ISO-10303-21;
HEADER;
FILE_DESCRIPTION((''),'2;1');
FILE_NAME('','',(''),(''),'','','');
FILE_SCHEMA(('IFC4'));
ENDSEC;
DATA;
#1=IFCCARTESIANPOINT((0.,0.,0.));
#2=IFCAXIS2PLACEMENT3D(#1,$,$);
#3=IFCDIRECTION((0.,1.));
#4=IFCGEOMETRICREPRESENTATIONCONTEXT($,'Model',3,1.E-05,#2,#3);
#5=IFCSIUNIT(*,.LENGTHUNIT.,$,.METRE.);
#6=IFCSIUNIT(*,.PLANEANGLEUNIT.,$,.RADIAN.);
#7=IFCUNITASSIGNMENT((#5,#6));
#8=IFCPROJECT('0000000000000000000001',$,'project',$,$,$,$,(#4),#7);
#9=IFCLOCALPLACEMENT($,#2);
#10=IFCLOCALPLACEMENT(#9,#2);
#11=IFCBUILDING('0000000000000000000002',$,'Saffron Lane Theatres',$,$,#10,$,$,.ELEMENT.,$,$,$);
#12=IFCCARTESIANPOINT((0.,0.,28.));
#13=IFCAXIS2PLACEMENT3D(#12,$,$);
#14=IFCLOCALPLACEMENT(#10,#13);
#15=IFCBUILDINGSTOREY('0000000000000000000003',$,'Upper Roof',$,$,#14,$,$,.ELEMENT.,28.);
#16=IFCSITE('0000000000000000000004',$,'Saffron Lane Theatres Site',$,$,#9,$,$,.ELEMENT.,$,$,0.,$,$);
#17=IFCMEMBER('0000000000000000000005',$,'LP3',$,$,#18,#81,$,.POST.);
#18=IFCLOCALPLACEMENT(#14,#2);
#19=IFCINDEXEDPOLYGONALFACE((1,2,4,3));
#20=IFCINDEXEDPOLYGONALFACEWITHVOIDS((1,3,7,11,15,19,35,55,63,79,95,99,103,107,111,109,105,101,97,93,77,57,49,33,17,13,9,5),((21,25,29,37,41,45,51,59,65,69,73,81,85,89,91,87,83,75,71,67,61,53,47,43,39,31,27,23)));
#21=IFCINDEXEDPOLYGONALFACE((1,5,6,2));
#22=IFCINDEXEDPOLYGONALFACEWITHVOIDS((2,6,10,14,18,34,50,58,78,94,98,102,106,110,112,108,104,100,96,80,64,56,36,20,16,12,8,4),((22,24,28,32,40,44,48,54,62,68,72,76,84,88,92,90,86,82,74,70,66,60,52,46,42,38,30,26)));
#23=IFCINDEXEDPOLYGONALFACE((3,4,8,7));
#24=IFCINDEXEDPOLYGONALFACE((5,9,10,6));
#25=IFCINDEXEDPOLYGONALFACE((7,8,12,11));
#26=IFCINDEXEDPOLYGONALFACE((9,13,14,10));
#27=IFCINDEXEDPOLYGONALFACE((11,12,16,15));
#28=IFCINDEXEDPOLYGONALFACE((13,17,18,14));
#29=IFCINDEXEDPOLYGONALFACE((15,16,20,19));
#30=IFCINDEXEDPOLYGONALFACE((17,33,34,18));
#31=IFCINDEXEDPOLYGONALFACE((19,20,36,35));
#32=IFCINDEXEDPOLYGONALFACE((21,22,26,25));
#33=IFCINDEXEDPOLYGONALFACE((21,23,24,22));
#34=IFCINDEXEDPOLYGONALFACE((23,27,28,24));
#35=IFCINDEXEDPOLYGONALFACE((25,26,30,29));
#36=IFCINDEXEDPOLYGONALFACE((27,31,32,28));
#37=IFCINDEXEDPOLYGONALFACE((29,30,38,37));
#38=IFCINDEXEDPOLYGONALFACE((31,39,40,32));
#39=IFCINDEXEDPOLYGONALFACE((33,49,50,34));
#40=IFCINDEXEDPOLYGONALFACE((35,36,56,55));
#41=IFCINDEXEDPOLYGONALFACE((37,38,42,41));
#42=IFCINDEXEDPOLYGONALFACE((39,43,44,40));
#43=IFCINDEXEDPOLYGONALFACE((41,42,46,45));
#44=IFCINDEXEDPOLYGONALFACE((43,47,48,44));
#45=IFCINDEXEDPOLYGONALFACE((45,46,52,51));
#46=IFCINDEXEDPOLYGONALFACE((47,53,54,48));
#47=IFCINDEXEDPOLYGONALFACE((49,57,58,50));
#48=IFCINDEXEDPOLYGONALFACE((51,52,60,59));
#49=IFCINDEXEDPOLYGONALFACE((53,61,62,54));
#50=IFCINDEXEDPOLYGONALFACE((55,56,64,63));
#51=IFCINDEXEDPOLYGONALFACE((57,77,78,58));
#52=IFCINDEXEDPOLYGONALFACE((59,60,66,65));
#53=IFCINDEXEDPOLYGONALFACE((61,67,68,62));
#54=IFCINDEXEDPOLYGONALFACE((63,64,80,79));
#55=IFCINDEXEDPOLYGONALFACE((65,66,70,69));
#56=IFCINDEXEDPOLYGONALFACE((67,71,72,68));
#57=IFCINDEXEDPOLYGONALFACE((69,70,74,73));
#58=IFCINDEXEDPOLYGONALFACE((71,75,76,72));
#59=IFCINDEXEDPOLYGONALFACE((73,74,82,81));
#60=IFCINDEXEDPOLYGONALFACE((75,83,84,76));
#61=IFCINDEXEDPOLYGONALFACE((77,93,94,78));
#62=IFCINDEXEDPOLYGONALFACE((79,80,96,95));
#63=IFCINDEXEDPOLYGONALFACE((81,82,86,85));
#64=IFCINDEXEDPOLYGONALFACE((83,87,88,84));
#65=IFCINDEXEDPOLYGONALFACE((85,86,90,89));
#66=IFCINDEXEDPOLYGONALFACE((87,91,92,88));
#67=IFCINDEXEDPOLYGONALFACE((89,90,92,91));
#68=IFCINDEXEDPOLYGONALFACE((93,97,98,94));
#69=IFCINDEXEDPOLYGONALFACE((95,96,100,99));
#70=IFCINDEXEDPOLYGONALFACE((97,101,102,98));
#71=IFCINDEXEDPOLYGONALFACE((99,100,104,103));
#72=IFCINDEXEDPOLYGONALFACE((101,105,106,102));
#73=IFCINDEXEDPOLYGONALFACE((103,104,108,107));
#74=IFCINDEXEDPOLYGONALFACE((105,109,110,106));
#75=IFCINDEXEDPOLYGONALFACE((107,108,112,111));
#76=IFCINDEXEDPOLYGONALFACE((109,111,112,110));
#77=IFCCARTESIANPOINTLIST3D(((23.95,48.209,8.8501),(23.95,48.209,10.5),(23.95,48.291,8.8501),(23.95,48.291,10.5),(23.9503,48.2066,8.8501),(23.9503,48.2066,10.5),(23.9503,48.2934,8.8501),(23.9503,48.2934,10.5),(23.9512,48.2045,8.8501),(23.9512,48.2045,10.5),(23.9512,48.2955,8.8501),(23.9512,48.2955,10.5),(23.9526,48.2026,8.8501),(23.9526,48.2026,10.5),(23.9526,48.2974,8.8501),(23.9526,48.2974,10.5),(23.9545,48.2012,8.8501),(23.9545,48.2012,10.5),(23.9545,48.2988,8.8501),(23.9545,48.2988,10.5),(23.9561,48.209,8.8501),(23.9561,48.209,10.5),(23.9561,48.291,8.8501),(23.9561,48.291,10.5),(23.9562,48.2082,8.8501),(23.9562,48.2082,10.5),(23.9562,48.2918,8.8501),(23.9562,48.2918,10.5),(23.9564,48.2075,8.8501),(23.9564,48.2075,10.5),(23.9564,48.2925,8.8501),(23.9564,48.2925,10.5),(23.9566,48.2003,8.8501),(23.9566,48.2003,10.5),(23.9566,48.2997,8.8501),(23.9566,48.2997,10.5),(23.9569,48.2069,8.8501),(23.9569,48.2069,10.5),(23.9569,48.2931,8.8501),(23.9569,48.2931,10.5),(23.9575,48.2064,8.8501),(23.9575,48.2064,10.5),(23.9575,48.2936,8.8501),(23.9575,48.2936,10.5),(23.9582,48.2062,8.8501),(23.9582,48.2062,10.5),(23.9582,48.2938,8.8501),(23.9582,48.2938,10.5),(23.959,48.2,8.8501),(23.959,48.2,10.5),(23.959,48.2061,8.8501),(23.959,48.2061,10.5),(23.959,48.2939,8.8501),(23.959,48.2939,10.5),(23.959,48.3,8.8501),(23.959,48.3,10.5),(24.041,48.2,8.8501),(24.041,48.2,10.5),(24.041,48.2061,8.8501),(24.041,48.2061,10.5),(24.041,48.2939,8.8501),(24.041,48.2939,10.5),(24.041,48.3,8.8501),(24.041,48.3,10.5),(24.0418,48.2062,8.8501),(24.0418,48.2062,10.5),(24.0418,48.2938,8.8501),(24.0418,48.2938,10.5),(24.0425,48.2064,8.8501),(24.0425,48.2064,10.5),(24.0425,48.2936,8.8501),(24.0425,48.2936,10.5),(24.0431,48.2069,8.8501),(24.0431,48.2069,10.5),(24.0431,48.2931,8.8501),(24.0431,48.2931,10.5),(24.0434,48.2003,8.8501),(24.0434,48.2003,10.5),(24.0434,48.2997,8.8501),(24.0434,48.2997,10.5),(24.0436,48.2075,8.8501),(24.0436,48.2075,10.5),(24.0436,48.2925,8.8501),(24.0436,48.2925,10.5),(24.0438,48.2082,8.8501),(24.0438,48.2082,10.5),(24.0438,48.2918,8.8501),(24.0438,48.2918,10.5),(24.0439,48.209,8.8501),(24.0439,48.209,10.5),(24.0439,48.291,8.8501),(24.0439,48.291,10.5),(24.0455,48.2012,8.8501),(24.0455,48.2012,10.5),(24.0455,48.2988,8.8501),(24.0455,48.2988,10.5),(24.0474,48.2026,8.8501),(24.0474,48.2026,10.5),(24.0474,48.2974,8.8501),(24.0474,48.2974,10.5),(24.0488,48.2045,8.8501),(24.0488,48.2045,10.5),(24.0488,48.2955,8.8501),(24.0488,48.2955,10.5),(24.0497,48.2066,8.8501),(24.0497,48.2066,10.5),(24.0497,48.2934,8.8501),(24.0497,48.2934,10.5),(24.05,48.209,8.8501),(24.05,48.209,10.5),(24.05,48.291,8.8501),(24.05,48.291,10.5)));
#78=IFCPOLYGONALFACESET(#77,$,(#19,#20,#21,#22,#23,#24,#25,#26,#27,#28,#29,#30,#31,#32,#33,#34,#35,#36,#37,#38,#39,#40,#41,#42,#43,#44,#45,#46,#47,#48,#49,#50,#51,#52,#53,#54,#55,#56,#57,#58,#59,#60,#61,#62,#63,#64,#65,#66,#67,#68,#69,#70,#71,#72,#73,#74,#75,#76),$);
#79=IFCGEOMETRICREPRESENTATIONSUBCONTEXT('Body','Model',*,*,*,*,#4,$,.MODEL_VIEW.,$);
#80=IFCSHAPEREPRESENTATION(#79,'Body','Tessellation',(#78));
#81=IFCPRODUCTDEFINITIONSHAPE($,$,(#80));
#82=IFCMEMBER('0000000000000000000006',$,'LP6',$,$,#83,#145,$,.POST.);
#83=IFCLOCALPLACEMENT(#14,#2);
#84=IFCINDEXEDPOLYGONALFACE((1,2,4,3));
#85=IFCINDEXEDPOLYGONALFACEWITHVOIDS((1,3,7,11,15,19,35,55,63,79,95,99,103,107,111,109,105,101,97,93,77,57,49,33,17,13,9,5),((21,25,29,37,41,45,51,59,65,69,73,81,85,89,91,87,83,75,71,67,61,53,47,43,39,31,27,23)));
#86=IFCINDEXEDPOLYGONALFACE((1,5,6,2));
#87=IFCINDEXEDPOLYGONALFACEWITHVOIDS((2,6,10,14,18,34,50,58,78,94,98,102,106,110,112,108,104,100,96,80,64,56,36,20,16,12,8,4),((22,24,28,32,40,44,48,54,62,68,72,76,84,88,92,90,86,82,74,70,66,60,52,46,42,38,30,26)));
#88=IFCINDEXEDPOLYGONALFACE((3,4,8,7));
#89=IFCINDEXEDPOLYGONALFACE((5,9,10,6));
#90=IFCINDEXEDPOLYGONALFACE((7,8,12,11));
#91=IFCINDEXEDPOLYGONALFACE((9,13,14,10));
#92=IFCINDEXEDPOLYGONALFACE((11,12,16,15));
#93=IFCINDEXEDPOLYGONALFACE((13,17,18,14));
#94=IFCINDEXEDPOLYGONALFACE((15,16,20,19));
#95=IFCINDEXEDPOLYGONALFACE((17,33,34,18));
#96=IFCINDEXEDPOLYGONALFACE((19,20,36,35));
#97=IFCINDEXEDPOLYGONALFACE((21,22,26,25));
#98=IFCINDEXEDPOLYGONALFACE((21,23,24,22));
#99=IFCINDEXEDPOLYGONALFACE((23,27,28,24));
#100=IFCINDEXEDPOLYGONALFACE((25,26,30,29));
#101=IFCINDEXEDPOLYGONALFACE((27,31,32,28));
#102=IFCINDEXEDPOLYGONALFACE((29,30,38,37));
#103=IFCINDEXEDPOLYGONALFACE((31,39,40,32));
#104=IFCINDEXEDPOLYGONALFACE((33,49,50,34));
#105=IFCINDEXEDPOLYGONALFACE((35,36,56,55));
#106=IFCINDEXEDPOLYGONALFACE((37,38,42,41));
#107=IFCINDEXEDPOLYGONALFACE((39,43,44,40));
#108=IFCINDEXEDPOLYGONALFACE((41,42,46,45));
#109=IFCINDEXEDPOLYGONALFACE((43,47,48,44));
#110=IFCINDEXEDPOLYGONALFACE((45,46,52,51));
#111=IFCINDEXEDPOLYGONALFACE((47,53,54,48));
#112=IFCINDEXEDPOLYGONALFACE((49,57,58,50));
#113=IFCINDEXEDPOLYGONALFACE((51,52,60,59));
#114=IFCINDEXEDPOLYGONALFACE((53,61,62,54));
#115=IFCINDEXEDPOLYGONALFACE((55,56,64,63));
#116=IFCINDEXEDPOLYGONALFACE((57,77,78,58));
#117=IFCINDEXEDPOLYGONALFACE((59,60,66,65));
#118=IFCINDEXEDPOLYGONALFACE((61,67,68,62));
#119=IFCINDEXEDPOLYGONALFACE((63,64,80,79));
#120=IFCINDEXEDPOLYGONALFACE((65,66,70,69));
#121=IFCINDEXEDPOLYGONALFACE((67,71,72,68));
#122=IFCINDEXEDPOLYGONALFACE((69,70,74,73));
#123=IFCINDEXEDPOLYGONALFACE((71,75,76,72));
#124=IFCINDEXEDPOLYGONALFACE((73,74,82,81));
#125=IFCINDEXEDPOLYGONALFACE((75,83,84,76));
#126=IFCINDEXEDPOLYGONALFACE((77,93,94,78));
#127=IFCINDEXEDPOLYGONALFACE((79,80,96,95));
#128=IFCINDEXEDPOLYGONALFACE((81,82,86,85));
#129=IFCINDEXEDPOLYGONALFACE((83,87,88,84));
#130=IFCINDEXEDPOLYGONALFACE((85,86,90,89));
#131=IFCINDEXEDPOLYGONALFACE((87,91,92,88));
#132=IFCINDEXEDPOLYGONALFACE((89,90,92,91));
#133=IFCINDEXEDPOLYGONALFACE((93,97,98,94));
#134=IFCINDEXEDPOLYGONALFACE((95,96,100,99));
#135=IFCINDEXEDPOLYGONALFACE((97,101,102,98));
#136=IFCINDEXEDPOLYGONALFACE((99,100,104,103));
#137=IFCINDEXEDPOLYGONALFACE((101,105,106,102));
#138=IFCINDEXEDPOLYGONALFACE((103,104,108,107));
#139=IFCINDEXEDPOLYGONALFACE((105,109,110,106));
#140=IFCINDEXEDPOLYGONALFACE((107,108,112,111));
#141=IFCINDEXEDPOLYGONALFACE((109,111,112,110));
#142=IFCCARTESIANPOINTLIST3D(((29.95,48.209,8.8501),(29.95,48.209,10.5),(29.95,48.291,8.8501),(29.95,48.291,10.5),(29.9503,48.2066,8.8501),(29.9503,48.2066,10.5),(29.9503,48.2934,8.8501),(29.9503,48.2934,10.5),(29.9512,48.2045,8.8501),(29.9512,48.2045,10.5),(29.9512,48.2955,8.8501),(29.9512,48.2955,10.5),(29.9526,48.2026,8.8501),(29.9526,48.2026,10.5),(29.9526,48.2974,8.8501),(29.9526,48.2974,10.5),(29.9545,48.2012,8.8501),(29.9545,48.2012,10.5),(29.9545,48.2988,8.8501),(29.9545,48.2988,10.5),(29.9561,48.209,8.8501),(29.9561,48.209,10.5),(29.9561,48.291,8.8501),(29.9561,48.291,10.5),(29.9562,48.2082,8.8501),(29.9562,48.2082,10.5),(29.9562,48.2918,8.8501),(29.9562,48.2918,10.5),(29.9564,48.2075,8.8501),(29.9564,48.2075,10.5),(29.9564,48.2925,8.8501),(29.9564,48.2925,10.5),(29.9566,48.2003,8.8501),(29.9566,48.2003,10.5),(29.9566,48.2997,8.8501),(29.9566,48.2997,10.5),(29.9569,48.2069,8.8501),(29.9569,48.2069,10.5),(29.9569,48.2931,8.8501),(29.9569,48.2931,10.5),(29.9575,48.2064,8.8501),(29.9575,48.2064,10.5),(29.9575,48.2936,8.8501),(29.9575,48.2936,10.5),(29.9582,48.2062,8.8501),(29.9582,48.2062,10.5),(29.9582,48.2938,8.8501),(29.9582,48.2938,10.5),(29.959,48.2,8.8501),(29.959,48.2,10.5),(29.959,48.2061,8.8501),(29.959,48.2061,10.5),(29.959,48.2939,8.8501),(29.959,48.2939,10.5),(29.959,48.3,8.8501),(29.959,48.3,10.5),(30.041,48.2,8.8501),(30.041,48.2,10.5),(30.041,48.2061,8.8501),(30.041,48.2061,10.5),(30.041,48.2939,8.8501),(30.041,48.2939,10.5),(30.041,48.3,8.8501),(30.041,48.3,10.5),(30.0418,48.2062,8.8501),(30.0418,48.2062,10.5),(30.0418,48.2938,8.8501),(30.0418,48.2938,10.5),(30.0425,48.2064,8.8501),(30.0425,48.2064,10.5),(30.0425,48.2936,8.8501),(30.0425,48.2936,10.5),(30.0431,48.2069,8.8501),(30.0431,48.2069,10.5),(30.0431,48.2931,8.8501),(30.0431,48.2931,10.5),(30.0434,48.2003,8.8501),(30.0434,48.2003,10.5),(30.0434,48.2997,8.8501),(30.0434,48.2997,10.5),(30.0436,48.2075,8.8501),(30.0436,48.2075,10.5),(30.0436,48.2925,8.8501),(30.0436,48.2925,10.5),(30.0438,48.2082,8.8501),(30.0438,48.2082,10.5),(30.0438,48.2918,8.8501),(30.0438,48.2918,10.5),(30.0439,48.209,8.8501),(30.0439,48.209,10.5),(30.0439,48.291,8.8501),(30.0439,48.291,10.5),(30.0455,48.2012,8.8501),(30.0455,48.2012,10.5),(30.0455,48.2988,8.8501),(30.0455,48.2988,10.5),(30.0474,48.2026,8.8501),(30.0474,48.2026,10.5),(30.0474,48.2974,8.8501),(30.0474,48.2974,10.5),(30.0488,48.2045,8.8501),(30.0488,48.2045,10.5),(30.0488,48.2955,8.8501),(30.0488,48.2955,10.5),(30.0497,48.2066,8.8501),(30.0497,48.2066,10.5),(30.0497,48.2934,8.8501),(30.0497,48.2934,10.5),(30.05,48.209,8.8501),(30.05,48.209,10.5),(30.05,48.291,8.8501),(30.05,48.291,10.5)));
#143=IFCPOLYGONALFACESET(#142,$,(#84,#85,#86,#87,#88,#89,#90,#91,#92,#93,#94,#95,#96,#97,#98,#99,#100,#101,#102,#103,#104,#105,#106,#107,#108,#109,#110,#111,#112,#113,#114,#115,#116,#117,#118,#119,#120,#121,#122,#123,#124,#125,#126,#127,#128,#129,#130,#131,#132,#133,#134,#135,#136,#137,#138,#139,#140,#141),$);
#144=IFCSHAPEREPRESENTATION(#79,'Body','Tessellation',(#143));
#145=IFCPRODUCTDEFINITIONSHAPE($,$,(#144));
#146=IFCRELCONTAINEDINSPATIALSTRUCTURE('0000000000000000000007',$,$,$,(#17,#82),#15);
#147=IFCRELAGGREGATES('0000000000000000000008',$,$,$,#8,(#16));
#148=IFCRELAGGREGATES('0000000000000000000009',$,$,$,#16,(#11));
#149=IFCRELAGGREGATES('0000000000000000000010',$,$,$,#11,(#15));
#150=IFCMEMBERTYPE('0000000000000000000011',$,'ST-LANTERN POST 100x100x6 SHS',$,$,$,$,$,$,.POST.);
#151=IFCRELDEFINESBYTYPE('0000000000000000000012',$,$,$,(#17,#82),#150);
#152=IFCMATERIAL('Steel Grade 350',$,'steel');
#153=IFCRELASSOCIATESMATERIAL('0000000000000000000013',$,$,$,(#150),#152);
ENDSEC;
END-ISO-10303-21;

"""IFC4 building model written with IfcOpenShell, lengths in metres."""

from ifc_helpers import new_model, si_unit, direction, frame, origin, origin_2d, place, context, subcontext, project, spatial, hollow_rectangle, extrude, material, material_profile, profile_set, type_object, element, save


model = new_model("IFC4")

# Units and contexts
model_context = context("Model", 3, precision=1e-05, world=origin(), true_north=direction((0.0, 1.0)))
body_context = subcontext(model_context, "Body", "Model", "MODEL_VIEW")
ifc_project = project(units=[si_unit("LENGTHUNIT", "METRE"), si_unit("PLANEANGLEUNIT", "RADIAN")], contexts=[model_context])

# Site, building, storey
site_placement = place(None, origin())
site = spatial("IfcSite", under=ifc_project, at=site_placement, Name="Saffron Lane Theatres Site", CompositionType="ELEMENT", RefElevation=0.0)
building_placement = place(site_placement, origin())
building = spatial("IfcBuilding", under=site, at=building_placement, Name="Saffron Lane Theatres", CompositionType="ELEMENT")
storey_placement = place(building_placement, frame((0.0, 0.0, 28.0)))
storey = spatial("IfcBuildingStorey", under=building, at=storey_placement, Name="Upper Roof", CompositionType="ELEMENT", Elevation=28.0)

# Members
ifc_material_1 = material(Name="Steel Grade 350", Category="steel")
ifc_material_profile_1 = material_profile(ifc_material_1, hollow_rectangle(XDim=0.1001, YDim=0.1001, WallThickness=0.0061, InnerFilletRadius=0.0029, OuterFilletRadius=0.009, at=origin_2d()))
ifc_profile_set_1 = profile_set([ifc_material_profile_1], Name="Steel Grade 350")
member_type_1 = type_object("IfcMemberType", Name="ST-LANTERN POST 100x100x6 SHS", PredefinedType="POST", material=ifc_profile_set_1)
for number, where, z_axis, x_axis, name in (
    (1, (24.0, 48.25, 8.8501), (0.0, 0.0, 1.0), (1.0, 0.0, 0.0), "LP3"),
    (2, (30.0, 48.25, 8.8501), (0.0, 0.0, 1.0), (1.0, 0.0, 0.0), "LP6"),
):
    element("IfcMember", number, at=place(storey_placement, frame(where, z_axis=z_axis, x_axis=x_axis)), inside=storey, type_object=member_type_1, Name=name, PredefinedType="POST", context=body_context, shape_type="SweptSolid", body=[
        extrude(hollow_rectangle(XDim=0.1001, YDim=0.1001, WallThickness=0.0061, InnerFilletRadius=0.0029, OuterFilletRadius=0.009, at=origin_2d()), origin(), (0.0, 0.0, 1.0), 1.6499),
    ])

save(model, "model.ifc")
